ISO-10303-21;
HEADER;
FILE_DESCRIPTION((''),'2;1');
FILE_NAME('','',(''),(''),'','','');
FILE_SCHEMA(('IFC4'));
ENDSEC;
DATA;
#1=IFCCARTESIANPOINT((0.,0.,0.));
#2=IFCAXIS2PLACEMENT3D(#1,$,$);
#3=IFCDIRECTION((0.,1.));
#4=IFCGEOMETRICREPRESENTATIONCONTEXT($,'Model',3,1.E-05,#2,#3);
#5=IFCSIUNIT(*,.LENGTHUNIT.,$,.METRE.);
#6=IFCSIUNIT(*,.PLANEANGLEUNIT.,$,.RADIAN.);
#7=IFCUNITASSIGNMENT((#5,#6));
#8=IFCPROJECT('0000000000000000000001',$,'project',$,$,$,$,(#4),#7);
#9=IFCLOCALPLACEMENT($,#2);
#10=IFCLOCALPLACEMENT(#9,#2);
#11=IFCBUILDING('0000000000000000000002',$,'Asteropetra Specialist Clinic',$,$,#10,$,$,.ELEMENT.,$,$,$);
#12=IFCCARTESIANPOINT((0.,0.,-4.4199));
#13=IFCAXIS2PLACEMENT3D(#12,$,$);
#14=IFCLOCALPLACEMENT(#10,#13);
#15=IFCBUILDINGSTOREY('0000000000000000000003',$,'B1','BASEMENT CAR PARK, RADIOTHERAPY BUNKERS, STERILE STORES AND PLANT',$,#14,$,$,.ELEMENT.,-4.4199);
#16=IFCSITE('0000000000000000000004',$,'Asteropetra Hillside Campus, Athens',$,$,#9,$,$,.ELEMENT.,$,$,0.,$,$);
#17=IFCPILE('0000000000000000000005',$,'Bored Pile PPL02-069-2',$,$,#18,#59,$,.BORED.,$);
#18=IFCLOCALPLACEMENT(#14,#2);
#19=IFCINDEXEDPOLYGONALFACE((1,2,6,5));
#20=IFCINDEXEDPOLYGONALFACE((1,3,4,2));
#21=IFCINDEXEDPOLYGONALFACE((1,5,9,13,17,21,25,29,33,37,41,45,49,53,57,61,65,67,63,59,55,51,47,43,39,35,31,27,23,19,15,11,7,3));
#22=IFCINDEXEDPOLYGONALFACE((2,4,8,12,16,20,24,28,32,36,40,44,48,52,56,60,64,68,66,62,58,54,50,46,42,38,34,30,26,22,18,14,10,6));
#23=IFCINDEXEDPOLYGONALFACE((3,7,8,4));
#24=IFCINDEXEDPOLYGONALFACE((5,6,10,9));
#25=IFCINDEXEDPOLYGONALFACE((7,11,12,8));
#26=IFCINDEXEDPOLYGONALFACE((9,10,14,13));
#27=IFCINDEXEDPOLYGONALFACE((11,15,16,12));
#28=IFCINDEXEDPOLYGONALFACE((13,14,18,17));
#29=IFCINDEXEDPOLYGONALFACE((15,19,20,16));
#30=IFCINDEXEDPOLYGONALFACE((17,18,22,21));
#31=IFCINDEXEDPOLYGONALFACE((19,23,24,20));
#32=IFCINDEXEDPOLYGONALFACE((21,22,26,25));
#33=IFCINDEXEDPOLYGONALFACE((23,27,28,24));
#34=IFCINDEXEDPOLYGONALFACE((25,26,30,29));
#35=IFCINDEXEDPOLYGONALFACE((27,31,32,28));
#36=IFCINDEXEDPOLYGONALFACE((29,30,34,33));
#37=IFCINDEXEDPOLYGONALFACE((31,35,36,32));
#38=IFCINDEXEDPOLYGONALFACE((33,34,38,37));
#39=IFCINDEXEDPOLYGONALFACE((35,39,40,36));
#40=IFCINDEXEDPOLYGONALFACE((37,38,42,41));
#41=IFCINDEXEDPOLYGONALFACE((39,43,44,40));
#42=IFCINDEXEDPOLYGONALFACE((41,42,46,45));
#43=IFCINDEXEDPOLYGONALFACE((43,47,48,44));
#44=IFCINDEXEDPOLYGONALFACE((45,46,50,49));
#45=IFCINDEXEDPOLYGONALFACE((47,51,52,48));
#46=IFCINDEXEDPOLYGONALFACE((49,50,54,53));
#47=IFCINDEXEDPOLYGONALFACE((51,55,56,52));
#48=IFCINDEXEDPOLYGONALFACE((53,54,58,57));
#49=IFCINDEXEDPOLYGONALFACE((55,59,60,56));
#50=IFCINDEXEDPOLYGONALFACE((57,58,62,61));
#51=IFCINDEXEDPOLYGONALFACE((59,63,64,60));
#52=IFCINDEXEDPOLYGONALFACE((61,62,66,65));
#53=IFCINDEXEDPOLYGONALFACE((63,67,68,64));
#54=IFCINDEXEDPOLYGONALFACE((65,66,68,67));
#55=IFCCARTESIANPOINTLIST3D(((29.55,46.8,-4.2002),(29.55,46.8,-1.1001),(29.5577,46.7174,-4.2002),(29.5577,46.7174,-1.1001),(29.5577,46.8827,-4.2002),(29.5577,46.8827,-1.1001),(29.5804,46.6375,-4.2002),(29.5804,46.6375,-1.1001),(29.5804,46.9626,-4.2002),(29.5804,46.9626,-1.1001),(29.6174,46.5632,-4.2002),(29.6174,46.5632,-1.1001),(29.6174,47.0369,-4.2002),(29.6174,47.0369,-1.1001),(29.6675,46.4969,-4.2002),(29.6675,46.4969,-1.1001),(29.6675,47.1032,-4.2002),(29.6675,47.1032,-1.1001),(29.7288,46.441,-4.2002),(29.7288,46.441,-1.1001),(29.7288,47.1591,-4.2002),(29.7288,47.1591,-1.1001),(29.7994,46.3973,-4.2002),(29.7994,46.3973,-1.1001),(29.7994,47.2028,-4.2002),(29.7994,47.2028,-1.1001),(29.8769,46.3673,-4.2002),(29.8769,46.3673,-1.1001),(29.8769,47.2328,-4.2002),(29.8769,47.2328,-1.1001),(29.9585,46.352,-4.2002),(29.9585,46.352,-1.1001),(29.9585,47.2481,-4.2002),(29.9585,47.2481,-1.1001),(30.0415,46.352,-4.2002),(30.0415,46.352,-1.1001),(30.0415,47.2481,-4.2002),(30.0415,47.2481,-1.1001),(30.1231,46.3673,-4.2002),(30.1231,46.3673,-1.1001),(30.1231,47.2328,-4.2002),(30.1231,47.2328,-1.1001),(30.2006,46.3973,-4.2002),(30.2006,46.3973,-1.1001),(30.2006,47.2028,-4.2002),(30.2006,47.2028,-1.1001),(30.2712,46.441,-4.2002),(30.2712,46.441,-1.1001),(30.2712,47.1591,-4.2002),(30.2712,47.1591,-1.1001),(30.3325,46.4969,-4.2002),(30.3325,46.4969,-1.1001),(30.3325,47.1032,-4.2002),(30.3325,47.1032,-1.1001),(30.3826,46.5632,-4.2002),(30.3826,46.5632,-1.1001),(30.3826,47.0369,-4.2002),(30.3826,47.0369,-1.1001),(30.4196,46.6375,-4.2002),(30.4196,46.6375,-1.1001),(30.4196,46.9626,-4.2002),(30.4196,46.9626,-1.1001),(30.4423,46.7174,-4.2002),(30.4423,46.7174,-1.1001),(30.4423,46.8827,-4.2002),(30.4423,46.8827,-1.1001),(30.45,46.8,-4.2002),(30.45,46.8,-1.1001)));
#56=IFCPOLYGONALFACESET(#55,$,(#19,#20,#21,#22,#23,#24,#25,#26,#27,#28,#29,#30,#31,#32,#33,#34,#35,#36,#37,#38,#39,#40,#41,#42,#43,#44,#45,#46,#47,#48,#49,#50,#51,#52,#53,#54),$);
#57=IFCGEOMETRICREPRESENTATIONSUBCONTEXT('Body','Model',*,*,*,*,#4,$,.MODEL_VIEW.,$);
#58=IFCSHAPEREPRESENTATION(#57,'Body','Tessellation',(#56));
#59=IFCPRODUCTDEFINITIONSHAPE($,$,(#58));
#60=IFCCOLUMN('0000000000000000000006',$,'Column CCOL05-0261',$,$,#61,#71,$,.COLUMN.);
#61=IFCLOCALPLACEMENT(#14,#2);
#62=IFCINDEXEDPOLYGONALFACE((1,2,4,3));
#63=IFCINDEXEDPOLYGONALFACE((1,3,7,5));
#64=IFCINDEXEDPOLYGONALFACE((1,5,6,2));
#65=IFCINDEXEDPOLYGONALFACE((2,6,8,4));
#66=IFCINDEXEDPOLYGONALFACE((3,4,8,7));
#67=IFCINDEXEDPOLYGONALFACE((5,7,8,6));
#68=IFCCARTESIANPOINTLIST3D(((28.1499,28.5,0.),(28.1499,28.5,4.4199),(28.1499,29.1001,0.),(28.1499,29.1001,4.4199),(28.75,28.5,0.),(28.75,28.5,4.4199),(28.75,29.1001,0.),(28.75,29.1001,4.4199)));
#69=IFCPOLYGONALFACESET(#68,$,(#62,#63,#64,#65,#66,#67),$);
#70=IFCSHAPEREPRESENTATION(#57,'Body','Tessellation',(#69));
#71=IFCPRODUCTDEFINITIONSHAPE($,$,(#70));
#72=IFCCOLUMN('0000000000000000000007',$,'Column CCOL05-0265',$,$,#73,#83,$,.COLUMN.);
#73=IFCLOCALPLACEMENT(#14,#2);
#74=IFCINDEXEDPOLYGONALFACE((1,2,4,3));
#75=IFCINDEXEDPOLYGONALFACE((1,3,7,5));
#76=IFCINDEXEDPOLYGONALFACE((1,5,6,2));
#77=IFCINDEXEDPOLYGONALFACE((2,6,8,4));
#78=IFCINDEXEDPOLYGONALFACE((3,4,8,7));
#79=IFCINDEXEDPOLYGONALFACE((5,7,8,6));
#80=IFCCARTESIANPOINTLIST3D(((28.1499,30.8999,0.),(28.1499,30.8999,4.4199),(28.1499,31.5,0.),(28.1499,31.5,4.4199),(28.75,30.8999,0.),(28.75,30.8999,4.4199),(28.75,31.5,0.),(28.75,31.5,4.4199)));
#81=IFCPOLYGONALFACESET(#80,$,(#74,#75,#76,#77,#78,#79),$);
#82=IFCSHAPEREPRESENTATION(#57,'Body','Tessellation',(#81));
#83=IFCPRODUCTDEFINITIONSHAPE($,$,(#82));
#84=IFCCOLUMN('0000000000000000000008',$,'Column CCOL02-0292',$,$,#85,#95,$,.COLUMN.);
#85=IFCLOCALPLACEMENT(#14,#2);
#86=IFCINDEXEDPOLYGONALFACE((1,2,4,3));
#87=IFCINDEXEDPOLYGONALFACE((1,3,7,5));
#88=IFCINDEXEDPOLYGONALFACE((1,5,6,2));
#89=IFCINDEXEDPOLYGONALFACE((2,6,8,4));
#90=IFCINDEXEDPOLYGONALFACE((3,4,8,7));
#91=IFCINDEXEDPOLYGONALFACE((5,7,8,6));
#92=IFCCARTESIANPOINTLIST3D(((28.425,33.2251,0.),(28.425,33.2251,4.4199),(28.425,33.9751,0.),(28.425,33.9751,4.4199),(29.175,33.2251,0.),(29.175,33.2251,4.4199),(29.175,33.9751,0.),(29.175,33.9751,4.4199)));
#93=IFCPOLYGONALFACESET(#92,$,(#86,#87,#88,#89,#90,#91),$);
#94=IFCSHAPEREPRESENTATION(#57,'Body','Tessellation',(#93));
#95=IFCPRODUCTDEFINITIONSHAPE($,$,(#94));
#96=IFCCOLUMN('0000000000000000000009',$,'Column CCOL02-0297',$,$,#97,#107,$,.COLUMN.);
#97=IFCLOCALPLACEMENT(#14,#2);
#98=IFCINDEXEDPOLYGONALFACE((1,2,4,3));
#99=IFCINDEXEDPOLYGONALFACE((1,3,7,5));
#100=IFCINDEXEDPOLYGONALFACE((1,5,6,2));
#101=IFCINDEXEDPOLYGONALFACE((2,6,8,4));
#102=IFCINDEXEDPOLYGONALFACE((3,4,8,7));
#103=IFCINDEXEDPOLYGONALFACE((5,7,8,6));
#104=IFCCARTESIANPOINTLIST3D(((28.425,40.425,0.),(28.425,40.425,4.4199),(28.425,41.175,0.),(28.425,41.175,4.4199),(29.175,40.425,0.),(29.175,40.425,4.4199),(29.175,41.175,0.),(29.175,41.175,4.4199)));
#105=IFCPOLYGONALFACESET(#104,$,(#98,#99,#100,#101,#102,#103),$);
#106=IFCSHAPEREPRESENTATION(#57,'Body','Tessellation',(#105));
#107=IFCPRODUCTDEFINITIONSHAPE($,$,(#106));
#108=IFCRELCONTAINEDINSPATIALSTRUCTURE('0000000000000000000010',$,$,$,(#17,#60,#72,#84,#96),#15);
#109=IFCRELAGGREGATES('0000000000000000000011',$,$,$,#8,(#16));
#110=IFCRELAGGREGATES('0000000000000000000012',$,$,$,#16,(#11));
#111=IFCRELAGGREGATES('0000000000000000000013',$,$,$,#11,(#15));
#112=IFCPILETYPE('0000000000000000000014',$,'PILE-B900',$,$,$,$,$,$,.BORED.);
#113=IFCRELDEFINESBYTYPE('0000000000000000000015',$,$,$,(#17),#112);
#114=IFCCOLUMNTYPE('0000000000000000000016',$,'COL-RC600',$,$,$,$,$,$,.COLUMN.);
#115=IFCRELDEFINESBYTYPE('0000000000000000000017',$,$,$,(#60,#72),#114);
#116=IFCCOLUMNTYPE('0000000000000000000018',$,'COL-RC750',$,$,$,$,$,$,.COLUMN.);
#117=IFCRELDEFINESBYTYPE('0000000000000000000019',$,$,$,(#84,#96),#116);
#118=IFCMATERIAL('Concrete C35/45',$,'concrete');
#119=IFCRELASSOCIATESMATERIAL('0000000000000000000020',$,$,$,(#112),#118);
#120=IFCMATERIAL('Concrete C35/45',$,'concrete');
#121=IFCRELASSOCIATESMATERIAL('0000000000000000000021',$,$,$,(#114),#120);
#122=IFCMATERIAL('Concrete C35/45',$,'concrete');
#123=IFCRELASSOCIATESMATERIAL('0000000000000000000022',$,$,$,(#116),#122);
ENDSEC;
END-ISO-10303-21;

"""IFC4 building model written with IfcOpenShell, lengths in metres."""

from ifc_helpers import new_model, si_unit, direction, frame, origin, origin_2d, place, context, subcontext, project, spatial, rectangle, circle, extrude, material, material_profile, profile_set, type_object, element, save


model = new_model("IFC4")

# Units and contexts
model_context = context("Model", 3, precision=1e-05, world=origin(), true_north=direction((0.0, 1.0)))
body_context = subcontext(model_context, "Body", "Model", "MODEL_VIEW")
ifc_project = project(units=[si_unit("LENGTHUNIT", "METRE"), si_unit("PLANEANGLEUNIT", "RADIAN")], contexts=[model_context])

# Site, building, storey
site_placement = place(None, origin())
site = spatial("IfcSite", under=ifc_project, at=site_placement, Name="Asteropetra Hillside Campus, Athens", CompositionType="ELEMENT", RefElevation=0.0)
building_placement = place(site_placement, origin())
building = spatial("IfcBuilding", under=site, at=building_placement, Name="Asteropetra Specialist Clinic", CompositionType="ELEMENT")
storey_placement = place(building_placement, frame((0.0, 0.0, -4.4199)))
storey = spatial("IfcBuildingStorey", under=building, at=storey_placement, Name="B1", Description="BASEMENT CAR PARK, RADIOTHERAPY BUNKERS, STERILE STORES AND PLANT", CompositionType="ELEMENT", Elevation=-4.4199)

# Pile
ifc_material_1 = material(Name="Concrete C35/45", Category="concrete")
ifc_material_profile_1 = material_profile(ifc_material_1, circle(Radius=0.45, at=origin_2d()), Name="PILE D900")
ifc_profile_set_1 = profile_set([ifc_material_profile_1], Name="Concrete C35/45")
pile_type_1 = type_object("IfcPileType", Name="PILE-B900", PredefinedType="BORED", material=ifc_profile_set_1)
for number, where, z_axis, x_axis, name in (
    (1, (30.0, 46.8, -1.1001), (0.0, 0.0, -1.0), (1.0, 0.0, 0.0), "Bored Pile PPL02-069-2"),
):
    element("IfcPile", number, at=place(storey_placement, frame(where, z_axis=z_axis, x_axis=x_axis)), inside=storey, type_object=pile_type_1, Name=name, PredefinedType="BORED", context=body_context, shape_type="SweptSolid", body=[
        extrude(circle(Radius=0.45, at=origin_2d()), origin(), (0.0, 0.0, 1.0), 3.1001),
    ])

# Columns
ifc_material_2 = material(Name="Concrete C35/45", Category="concrete")
ifc_material_profile_2 = material_profile(ifc_material_2, rectangle(XDim=0.6001, YDim=0.6001, at=origin_2d()), Name="RC 600x600")
ifc_profile_set_2 = profile_set([ifc_material_profile_2], Name="Concrete C35/45")
column_type_1 = type_object("IfcColumnType", Name="COL-RC600", PredefinedType="COLUMN", material=ifc_profile_set_2)
for number, where, z_axis, x_axis, name in (
    (2, (28.45, 28.8, 0.0), (0.0, 0.0, 1.0), (1.0, 0.0, 0.0), "Column CCOL05-0261"),
    (3, (28.45, 31.2, 0.0), (0.0, 0.0, 1.0), (1.0, 0.0, 0.0), "Column CCOL05-0265"),
):
    element("IfcColumn", number, at=place(storey_placement, frame(where, z_axis=z_axis, x_axis=x_axis)), inside=storey, type_object=column_type_1, Name=name, PredefinedType="COLUMN", context=body_context, shape_type="SweptSolid", body=[
        extrude(rectangle(XDim=0.6001, YDim=0.6001, at=origin_2d()), origin(), (0.0, 0.0, 1.0), 4.4199),
    ])
ifc_material_3 = material(Name="Concrete C35/45", Category="concrete")
ifc_material_profile_3 = material_profile(ifc_material_3, rectangle(XDim=0.75, YDim=0.75, at=origin_2d()), Name="RC 750x750")
ifc_profile_set_3 = profile_set([ifc_material_profile_3], Name="Concrete C35/45")
column_type_2 = type_object("IfcColumnType", Name="COL-RC750", PredefinedType="COLUMN", material=ifc_profile_set_3)
for number, where, z_axis, x_axis, name in (
    (4, (28.8, 33.6001, 0.0), (0.0, 0.0, 1.0), (1.0, 0.0, 0.0), "Column CCOL02-0292"),
    (5, (28.8, 40.8, 0.0), (0.0, 0.0, 1.0), (1.0, 0.0, 0.0), "Column CCOL02-0297"),
):
    element("IfcColumn", number, at=place(storey_placement, frame(where, z_axis=z_axis, x_axis=x_axis)), inside=storey, type_object=column_type_2, Name=name, PredefinedType="COLUMN", context=body_context, shape_type="SweptSolid", body=[
        extrude(rectangle(XDim=0.75, YDim=0.75, at=origin_2d()), origin(), (0.0, 0.0, 1.0), 4.4199),
    ])

save(model, "model.ifc")
